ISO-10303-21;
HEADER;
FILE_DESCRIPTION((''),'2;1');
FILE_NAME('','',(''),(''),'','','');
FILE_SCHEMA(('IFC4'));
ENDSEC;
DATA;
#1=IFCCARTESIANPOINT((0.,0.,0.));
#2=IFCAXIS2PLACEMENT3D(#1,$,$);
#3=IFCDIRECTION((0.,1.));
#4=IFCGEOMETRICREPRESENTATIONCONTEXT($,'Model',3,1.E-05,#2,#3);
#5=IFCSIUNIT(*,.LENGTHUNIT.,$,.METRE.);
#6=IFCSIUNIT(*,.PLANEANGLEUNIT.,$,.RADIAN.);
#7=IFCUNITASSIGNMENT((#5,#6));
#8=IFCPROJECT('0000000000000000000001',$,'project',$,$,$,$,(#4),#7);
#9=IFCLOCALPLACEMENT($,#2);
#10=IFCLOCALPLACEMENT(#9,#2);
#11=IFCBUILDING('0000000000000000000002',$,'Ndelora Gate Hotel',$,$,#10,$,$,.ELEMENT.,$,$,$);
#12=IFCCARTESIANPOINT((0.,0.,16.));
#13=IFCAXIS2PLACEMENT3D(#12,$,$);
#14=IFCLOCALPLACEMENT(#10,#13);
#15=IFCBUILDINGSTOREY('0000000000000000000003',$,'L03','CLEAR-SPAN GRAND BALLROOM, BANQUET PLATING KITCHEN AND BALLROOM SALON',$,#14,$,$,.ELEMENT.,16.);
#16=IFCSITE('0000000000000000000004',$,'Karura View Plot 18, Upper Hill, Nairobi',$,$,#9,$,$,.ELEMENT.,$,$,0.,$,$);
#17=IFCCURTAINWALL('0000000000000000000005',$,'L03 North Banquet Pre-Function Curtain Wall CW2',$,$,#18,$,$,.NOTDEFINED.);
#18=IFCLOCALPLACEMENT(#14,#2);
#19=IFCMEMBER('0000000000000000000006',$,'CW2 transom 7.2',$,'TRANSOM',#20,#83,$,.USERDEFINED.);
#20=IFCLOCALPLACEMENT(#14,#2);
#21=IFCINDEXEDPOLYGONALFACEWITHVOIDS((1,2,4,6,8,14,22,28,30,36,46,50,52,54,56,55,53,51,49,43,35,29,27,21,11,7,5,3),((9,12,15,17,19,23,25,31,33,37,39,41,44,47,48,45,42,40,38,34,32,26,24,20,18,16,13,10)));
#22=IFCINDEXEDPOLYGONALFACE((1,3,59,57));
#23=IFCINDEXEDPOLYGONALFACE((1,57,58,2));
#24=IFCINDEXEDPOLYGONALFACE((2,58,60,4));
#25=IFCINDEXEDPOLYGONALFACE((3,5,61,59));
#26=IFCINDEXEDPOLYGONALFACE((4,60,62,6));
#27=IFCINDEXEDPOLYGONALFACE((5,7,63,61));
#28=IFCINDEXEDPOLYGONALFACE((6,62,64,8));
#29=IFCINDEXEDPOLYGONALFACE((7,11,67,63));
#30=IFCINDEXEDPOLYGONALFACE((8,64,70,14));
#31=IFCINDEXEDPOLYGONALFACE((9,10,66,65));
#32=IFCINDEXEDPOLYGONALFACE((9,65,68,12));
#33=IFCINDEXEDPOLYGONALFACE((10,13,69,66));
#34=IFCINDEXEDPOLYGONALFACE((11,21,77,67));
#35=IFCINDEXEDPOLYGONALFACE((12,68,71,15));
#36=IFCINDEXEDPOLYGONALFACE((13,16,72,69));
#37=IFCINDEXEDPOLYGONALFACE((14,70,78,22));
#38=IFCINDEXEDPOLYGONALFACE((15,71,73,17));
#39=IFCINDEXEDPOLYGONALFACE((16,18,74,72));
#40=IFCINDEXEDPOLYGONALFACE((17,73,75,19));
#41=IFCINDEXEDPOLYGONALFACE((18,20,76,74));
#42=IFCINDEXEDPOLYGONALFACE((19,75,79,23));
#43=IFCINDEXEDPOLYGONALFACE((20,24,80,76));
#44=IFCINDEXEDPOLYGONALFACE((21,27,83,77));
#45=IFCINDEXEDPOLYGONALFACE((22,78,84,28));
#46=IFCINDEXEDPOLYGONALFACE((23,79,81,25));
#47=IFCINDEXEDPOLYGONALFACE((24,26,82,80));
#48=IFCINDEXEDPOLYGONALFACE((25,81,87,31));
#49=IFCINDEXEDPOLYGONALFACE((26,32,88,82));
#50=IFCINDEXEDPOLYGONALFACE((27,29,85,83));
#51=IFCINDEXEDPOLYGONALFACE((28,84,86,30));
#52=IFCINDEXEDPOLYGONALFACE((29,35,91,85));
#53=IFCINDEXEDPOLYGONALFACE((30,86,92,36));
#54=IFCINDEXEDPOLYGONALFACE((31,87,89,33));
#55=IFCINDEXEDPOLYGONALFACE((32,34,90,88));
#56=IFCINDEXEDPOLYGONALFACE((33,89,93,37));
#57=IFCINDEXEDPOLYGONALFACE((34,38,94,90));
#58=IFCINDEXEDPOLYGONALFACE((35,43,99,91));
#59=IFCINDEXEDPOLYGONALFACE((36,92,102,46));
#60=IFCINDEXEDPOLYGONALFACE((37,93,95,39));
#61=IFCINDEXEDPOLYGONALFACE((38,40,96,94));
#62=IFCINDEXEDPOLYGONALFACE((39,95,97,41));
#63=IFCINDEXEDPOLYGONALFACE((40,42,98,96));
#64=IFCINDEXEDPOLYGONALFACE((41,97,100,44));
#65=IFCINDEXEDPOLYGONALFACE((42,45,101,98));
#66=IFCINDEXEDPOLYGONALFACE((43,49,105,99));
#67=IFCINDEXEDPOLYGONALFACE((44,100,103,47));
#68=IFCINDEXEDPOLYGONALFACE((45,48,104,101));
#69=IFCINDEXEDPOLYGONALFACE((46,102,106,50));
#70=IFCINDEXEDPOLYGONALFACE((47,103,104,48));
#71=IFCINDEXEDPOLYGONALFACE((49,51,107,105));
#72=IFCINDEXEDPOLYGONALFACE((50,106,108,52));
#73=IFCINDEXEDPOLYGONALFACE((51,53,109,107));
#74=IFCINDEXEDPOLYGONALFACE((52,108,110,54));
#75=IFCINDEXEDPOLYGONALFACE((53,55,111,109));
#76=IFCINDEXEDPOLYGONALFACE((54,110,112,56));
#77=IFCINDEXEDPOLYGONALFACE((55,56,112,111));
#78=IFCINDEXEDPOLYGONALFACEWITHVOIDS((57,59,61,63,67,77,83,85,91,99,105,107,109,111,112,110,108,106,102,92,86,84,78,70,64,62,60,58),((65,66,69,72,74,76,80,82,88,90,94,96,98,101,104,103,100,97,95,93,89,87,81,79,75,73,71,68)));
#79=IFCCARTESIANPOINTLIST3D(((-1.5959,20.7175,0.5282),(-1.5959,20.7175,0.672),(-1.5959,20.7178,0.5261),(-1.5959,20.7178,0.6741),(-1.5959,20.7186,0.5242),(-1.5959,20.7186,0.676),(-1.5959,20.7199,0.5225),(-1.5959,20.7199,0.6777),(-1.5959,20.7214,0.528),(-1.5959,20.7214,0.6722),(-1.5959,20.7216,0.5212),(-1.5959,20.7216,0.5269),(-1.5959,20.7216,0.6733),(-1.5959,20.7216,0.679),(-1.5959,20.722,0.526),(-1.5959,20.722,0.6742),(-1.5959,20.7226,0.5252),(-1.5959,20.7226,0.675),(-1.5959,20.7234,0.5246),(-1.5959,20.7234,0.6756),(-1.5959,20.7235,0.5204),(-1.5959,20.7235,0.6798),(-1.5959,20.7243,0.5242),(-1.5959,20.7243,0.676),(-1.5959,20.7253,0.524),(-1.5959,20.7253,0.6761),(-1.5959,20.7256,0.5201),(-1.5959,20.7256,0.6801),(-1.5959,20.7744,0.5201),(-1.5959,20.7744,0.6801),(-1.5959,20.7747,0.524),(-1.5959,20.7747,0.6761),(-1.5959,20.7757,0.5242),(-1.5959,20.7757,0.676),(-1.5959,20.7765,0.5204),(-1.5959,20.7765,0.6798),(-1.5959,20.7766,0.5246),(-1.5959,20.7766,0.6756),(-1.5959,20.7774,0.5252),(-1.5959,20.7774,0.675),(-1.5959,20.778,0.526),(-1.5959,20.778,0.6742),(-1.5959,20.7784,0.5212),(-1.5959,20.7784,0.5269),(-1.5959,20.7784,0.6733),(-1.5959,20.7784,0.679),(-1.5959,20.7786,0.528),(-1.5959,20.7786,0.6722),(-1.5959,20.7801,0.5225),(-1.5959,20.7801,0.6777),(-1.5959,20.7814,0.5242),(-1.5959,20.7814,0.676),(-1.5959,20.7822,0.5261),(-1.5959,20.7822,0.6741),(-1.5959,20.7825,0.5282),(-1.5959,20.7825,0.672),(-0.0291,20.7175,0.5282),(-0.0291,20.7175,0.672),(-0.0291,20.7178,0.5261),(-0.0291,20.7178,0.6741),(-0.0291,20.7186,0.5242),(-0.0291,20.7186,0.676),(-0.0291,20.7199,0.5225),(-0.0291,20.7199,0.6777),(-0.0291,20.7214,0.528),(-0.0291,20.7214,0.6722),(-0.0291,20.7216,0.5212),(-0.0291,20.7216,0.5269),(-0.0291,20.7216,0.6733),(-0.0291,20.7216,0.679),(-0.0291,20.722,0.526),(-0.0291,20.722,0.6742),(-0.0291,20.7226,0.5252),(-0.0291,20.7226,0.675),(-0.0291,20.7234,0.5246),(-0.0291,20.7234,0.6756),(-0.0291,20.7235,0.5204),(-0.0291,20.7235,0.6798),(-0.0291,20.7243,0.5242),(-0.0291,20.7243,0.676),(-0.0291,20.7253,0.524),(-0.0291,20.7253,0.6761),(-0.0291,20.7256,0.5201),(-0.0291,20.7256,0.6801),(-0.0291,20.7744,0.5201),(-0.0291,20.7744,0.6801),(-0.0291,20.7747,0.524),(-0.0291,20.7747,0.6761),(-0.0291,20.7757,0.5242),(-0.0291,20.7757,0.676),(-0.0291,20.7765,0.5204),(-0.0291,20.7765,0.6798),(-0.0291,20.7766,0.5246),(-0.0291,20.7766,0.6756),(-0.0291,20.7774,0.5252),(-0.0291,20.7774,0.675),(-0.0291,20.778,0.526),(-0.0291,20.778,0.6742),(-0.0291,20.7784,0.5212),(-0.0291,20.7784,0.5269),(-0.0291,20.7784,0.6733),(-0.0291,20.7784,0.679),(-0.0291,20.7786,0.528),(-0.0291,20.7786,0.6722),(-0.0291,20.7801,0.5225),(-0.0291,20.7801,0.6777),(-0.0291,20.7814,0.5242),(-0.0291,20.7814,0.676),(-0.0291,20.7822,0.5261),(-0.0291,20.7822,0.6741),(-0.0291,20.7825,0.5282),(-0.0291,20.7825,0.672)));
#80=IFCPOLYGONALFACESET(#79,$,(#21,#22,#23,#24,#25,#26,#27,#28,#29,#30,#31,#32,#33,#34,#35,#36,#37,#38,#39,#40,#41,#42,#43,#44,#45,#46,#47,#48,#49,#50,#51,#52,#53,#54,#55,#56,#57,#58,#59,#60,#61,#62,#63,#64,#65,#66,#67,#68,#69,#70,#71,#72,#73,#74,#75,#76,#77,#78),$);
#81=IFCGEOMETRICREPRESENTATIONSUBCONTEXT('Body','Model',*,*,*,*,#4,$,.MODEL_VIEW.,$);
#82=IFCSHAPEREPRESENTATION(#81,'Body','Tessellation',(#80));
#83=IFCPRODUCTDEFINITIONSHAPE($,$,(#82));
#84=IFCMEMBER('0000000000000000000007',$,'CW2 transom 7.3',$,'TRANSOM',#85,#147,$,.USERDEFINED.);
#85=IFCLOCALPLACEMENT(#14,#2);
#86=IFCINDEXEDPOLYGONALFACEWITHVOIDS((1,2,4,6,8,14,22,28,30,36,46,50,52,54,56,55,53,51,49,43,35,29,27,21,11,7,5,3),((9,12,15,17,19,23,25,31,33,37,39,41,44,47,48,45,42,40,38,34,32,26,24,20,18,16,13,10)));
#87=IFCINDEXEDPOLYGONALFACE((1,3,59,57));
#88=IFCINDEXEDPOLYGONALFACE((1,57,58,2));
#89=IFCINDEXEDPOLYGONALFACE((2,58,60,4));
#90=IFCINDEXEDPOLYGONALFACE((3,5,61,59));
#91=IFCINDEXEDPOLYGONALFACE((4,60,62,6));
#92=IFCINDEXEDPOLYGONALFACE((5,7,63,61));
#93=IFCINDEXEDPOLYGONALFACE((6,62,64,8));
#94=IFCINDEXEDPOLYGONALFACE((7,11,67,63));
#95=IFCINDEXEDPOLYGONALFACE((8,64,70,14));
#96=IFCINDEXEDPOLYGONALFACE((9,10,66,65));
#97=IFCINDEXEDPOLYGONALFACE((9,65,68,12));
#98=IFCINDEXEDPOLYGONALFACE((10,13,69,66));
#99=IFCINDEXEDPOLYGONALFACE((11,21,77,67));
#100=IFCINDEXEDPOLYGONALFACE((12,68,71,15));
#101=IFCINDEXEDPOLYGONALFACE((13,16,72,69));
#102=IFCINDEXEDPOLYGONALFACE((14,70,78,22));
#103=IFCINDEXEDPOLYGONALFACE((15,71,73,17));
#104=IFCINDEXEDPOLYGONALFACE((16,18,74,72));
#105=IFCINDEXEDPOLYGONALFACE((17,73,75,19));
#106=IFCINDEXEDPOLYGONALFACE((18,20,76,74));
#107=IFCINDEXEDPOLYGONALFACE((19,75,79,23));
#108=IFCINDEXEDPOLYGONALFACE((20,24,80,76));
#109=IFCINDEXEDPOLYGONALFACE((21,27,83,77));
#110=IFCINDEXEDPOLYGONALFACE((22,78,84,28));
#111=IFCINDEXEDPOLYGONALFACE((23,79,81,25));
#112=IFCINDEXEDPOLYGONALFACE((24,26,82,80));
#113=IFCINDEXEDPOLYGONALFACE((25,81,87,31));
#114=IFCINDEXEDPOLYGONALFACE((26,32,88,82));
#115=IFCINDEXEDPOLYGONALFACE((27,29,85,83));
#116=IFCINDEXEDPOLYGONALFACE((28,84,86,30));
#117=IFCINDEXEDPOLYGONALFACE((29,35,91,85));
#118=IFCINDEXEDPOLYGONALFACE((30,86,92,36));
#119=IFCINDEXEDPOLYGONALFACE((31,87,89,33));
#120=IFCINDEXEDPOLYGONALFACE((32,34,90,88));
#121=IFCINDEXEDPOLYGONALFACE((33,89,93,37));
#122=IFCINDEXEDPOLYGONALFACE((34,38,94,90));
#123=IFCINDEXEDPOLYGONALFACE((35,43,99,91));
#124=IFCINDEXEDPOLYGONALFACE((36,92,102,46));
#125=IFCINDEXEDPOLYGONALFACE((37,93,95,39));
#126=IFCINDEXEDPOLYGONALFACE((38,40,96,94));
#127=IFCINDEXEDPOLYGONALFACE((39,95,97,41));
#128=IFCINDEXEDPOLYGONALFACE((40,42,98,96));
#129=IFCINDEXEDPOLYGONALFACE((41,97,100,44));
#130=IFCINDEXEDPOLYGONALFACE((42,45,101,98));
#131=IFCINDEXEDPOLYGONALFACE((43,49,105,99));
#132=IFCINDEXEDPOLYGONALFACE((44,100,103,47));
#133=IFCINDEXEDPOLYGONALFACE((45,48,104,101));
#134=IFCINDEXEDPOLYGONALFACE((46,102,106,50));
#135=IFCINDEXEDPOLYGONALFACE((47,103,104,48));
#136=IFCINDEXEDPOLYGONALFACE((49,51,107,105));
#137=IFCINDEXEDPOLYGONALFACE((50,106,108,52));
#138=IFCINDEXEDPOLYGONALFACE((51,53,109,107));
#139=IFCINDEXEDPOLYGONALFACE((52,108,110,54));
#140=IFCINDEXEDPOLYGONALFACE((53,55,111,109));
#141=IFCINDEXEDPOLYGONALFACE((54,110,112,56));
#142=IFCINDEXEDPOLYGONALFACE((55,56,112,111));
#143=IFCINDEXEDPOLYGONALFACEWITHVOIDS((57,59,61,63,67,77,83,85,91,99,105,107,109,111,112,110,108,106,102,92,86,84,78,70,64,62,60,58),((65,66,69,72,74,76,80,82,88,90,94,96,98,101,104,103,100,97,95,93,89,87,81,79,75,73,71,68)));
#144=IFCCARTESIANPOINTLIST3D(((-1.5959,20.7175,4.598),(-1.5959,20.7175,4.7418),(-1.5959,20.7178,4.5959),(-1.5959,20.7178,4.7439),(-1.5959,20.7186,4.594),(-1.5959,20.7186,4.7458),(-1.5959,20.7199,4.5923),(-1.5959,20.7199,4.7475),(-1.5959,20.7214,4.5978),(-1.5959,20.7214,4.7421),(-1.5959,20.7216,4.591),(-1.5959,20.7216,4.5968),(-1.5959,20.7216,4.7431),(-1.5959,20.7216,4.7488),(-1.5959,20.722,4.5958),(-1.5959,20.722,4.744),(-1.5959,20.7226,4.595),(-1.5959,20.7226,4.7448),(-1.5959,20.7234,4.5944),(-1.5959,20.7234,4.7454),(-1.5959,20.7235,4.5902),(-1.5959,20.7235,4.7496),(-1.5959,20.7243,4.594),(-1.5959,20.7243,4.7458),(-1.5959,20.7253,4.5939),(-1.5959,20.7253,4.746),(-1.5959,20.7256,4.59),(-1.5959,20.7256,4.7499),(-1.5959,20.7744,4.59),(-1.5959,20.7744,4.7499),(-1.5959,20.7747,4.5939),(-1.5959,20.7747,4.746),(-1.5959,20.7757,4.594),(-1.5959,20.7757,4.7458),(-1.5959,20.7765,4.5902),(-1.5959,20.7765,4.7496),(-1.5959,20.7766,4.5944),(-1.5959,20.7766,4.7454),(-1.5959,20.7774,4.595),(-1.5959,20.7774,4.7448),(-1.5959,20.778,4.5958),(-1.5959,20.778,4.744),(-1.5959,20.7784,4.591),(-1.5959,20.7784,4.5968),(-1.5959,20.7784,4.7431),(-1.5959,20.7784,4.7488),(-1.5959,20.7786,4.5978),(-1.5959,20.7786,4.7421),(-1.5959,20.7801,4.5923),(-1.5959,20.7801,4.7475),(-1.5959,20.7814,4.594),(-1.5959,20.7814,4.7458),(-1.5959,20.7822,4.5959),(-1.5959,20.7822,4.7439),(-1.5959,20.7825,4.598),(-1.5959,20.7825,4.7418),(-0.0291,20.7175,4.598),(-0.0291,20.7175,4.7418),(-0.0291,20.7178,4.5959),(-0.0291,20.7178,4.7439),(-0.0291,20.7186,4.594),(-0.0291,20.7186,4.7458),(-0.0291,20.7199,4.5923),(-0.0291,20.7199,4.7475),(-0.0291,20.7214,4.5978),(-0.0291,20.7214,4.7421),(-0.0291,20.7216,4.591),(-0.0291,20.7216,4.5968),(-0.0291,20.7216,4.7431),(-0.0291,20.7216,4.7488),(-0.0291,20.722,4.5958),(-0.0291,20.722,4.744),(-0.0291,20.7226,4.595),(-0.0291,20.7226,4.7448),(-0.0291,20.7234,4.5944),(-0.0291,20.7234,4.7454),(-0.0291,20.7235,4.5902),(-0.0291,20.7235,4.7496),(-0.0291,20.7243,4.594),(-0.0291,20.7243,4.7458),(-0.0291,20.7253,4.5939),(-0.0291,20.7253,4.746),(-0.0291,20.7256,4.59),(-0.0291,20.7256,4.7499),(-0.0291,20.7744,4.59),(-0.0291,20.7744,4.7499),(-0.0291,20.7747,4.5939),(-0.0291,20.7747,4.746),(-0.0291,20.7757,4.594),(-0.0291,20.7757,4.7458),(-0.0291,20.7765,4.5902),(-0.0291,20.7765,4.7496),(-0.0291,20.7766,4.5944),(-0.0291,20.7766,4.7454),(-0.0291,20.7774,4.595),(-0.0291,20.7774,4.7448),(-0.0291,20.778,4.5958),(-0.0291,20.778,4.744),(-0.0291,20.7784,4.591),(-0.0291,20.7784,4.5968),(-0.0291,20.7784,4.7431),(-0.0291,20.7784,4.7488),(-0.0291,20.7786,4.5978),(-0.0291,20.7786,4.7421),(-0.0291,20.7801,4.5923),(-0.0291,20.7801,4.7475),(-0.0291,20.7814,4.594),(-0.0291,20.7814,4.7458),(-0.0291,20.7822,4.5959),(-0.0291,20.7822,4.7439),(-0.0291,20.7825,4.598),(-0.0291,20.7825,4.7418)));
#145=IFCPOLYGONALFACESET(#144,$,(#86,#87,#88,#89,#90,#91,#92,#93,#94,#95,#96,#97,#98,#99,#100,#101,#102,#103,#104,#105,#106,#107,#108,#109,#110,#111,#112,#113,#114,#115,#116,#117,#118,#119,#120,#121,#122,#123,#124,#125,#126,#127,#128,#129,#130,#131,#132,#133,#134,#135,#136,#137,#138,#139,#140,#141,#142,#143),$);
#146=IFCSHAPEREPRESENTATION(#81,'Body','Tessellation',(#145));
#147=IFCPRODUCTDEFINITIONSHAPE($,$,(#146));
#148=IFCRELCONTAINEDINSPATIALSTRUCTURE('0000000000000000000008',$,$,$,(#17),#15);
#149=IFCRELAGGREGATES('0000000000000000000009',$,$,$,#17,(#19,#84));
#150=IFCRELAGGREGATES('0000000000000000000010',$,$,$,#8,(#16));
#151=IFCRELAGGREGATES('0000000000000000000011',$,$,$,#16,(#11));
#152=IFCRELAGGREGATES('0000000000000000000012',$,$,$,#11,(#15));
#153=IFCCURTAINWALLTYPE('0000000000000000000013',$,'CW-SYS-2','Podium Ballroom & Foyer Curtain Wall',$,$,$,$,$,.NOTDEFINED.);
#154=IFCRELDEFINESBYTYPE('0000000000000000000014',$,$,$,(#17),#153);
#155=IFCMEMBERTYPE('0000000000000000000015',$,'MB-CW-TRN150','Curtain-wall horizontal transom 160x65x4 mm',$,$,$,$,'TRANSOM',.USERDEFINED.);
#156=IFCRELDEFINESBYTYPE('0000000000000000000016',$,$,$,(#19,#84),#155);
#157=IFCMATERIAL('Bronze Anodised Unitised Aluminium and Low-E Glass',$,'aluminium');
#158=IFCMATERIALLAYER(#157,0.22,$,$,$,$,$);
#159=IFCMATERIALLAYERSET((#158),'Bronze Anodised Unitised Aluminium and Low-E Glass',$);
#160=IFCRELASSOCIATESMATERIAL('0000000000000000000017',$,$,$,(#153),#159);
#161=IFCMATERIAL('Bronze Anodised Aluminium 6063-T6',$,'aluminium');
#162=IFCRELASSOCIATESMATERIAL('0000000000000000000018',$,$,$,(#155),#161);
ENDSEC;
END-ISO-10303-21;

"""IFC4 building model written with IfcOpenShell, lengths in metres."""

from ifc_helpers import new_model, si_unit, direction, frame, origin, origin_2d, place, context, subcontext, project, spatial, hollow_rectangle, extrude, material, layer, layer_set, material_profile, profile_set, type_object, element, aggregate, save


model = new_model("IFC4")

# Units and contexts
model_context = context("Model", 3, precision=1e-05, world=origin(), true_north=direction((0.0, 1.0)))
body_context = subcontext(model_context, "Body", "Model", "MODEL_VIEW")
ifc_project = project(units=[si_unit("LENGTHUNIT", "METRE"), si_unit("PLANEANGLEUNIT", "RADIAN")], contexts=[model_context])

# Site, building, storey
site_placement = place(None, origin())
site = spatial("IfcSite", under=ifc_project, at=site_placement, Name="Karura View Plot 18, Upper Hill, Nairobi", CompositionType="ELEMENT", RefElevation=0.0)
building_placement = place(site_placement, origin())
building = spatial("IfcBuilding", under=site, at=building_placement, Name="Ndelora Gate Hotel", CompositionType="ELEMENT")
storey_placement = place(building_placement, frame((0.0, 0.0, 16.0)))
storey = spatial("IfcBuildingStorey", under=building, at=storey_placement, Name="L03", Description="CLEAR-SPAN GRAND BALLROOM, BANQUET PLATING KITCHEN AND BALLROOM SALON", CompositionType="ELEMENT", Elevation=16.0)

# Curtain wall, members
ifc_material_1 = material(Name="Bronze Anodised Unitised Aluminium and Low-E Glass", Category="aluminium")
ifc_layer_1 = layer(ifc_material_1, 0.22)
ifc_layer_set_1 = layer_set([ifc_layer_1], Name="Bronze Anodised Unitised Aluminium and Low-E Glass")
curtain_wall_type = type_object("IfcCurtainWallType", Name="CW-SYS-2", Description="Podium Ballroom & Foyer Curtain Wall", PredefinedType="NOTDEFINED", material=ifc_layer_set_1)
curtain_wall_placement = place(storey_placement, origin())
curtain_wall = element("IfcCurtainWall", 1, at=curtain_wall_placement, inside=storey, type_object=curtain_wall_type, Name="L03 North Banquet Pre-Function Curtain Wall CW2", PredefinedType="NOTDEFINED")
ifc_material_2 = material(Name="Bronze Anodised Aluminium 6063-T6", Category="aluminium")
ifc_material_profile_1 = material_profile(ifc_material_2, hollow_rectangle(XDim=0.0649, YDim=0.1599, WallThickness=0.0039, InnerFilletRadius=0.0039, OuterFilletRadius=0.0081, at=origin_2d()), Name="ALU 160x65x4")
ifc_profile_set_1 = profile_set([ifc_material_profile_1], Name="Bronze Anodised Aluminium 6063-T6")
member_type_1 = type_object("IfcMemberType", Name="MB-CW-TRN150", Description="Curtain-wall horizontal transom 160x65x4 mm", ElementType="TRANSOM", PredefinedType="USERDEFINED", material=ifc_profile_set_1)
member_1_placement = place(storey_placement, frame((-0.0291, 20.75, 0.6001), z_axis=(-1.0, 0.0, 0.0), x_axis=(0.0, -1.0, 0.0)))
member_1 = element("IfcMember", 2, at=member_1_placement, type_object=member_type_1, Name="CW2 transom 7.2", ObjectType="TRANSOM", PredefinedType="USERDEFINED", context=body_context, shape_type="SweptSolid", body=[
    extrude(hollow_rectangle(XDim=0.0649, YDim=0.1599, WallThickness=0.0039, InnerFilletRadius=0.0039, OuterFilletRadius=0.0081, at=origin_2d()), origin(), (0.0, 0.0, 1.0), 1.5669),
])
member_2_placement = place(storey_placement, frame((-0.0291, 20.75, 4.6699), z_axis=(-1.0, 0.0, 0.0), x_axis=(0.0, -1.0, 0.0)))
member_2 = element("IfcMember", 3, at=member_2_placement, type_object=member_type_1, Name="CW2 transom 7.3", ObjectType="TRANSOM", PredefinedType="USERDEFINED", context=body_context, shape_type="SweptSolid", body=[
    extrude(hollow_rectangle(XDim=0.0649, YDim=0.1599, WallThickness=0.0039, InnerFilletRadius=0.0039, OuterFilletRadius=0.0081, at=origin_2d()), origin(), (0.0, 0.0, 1.0), 1.5669),
])
aggregate(curtain_wall, [member_1, member_2])

save(model, "model.ifc")
